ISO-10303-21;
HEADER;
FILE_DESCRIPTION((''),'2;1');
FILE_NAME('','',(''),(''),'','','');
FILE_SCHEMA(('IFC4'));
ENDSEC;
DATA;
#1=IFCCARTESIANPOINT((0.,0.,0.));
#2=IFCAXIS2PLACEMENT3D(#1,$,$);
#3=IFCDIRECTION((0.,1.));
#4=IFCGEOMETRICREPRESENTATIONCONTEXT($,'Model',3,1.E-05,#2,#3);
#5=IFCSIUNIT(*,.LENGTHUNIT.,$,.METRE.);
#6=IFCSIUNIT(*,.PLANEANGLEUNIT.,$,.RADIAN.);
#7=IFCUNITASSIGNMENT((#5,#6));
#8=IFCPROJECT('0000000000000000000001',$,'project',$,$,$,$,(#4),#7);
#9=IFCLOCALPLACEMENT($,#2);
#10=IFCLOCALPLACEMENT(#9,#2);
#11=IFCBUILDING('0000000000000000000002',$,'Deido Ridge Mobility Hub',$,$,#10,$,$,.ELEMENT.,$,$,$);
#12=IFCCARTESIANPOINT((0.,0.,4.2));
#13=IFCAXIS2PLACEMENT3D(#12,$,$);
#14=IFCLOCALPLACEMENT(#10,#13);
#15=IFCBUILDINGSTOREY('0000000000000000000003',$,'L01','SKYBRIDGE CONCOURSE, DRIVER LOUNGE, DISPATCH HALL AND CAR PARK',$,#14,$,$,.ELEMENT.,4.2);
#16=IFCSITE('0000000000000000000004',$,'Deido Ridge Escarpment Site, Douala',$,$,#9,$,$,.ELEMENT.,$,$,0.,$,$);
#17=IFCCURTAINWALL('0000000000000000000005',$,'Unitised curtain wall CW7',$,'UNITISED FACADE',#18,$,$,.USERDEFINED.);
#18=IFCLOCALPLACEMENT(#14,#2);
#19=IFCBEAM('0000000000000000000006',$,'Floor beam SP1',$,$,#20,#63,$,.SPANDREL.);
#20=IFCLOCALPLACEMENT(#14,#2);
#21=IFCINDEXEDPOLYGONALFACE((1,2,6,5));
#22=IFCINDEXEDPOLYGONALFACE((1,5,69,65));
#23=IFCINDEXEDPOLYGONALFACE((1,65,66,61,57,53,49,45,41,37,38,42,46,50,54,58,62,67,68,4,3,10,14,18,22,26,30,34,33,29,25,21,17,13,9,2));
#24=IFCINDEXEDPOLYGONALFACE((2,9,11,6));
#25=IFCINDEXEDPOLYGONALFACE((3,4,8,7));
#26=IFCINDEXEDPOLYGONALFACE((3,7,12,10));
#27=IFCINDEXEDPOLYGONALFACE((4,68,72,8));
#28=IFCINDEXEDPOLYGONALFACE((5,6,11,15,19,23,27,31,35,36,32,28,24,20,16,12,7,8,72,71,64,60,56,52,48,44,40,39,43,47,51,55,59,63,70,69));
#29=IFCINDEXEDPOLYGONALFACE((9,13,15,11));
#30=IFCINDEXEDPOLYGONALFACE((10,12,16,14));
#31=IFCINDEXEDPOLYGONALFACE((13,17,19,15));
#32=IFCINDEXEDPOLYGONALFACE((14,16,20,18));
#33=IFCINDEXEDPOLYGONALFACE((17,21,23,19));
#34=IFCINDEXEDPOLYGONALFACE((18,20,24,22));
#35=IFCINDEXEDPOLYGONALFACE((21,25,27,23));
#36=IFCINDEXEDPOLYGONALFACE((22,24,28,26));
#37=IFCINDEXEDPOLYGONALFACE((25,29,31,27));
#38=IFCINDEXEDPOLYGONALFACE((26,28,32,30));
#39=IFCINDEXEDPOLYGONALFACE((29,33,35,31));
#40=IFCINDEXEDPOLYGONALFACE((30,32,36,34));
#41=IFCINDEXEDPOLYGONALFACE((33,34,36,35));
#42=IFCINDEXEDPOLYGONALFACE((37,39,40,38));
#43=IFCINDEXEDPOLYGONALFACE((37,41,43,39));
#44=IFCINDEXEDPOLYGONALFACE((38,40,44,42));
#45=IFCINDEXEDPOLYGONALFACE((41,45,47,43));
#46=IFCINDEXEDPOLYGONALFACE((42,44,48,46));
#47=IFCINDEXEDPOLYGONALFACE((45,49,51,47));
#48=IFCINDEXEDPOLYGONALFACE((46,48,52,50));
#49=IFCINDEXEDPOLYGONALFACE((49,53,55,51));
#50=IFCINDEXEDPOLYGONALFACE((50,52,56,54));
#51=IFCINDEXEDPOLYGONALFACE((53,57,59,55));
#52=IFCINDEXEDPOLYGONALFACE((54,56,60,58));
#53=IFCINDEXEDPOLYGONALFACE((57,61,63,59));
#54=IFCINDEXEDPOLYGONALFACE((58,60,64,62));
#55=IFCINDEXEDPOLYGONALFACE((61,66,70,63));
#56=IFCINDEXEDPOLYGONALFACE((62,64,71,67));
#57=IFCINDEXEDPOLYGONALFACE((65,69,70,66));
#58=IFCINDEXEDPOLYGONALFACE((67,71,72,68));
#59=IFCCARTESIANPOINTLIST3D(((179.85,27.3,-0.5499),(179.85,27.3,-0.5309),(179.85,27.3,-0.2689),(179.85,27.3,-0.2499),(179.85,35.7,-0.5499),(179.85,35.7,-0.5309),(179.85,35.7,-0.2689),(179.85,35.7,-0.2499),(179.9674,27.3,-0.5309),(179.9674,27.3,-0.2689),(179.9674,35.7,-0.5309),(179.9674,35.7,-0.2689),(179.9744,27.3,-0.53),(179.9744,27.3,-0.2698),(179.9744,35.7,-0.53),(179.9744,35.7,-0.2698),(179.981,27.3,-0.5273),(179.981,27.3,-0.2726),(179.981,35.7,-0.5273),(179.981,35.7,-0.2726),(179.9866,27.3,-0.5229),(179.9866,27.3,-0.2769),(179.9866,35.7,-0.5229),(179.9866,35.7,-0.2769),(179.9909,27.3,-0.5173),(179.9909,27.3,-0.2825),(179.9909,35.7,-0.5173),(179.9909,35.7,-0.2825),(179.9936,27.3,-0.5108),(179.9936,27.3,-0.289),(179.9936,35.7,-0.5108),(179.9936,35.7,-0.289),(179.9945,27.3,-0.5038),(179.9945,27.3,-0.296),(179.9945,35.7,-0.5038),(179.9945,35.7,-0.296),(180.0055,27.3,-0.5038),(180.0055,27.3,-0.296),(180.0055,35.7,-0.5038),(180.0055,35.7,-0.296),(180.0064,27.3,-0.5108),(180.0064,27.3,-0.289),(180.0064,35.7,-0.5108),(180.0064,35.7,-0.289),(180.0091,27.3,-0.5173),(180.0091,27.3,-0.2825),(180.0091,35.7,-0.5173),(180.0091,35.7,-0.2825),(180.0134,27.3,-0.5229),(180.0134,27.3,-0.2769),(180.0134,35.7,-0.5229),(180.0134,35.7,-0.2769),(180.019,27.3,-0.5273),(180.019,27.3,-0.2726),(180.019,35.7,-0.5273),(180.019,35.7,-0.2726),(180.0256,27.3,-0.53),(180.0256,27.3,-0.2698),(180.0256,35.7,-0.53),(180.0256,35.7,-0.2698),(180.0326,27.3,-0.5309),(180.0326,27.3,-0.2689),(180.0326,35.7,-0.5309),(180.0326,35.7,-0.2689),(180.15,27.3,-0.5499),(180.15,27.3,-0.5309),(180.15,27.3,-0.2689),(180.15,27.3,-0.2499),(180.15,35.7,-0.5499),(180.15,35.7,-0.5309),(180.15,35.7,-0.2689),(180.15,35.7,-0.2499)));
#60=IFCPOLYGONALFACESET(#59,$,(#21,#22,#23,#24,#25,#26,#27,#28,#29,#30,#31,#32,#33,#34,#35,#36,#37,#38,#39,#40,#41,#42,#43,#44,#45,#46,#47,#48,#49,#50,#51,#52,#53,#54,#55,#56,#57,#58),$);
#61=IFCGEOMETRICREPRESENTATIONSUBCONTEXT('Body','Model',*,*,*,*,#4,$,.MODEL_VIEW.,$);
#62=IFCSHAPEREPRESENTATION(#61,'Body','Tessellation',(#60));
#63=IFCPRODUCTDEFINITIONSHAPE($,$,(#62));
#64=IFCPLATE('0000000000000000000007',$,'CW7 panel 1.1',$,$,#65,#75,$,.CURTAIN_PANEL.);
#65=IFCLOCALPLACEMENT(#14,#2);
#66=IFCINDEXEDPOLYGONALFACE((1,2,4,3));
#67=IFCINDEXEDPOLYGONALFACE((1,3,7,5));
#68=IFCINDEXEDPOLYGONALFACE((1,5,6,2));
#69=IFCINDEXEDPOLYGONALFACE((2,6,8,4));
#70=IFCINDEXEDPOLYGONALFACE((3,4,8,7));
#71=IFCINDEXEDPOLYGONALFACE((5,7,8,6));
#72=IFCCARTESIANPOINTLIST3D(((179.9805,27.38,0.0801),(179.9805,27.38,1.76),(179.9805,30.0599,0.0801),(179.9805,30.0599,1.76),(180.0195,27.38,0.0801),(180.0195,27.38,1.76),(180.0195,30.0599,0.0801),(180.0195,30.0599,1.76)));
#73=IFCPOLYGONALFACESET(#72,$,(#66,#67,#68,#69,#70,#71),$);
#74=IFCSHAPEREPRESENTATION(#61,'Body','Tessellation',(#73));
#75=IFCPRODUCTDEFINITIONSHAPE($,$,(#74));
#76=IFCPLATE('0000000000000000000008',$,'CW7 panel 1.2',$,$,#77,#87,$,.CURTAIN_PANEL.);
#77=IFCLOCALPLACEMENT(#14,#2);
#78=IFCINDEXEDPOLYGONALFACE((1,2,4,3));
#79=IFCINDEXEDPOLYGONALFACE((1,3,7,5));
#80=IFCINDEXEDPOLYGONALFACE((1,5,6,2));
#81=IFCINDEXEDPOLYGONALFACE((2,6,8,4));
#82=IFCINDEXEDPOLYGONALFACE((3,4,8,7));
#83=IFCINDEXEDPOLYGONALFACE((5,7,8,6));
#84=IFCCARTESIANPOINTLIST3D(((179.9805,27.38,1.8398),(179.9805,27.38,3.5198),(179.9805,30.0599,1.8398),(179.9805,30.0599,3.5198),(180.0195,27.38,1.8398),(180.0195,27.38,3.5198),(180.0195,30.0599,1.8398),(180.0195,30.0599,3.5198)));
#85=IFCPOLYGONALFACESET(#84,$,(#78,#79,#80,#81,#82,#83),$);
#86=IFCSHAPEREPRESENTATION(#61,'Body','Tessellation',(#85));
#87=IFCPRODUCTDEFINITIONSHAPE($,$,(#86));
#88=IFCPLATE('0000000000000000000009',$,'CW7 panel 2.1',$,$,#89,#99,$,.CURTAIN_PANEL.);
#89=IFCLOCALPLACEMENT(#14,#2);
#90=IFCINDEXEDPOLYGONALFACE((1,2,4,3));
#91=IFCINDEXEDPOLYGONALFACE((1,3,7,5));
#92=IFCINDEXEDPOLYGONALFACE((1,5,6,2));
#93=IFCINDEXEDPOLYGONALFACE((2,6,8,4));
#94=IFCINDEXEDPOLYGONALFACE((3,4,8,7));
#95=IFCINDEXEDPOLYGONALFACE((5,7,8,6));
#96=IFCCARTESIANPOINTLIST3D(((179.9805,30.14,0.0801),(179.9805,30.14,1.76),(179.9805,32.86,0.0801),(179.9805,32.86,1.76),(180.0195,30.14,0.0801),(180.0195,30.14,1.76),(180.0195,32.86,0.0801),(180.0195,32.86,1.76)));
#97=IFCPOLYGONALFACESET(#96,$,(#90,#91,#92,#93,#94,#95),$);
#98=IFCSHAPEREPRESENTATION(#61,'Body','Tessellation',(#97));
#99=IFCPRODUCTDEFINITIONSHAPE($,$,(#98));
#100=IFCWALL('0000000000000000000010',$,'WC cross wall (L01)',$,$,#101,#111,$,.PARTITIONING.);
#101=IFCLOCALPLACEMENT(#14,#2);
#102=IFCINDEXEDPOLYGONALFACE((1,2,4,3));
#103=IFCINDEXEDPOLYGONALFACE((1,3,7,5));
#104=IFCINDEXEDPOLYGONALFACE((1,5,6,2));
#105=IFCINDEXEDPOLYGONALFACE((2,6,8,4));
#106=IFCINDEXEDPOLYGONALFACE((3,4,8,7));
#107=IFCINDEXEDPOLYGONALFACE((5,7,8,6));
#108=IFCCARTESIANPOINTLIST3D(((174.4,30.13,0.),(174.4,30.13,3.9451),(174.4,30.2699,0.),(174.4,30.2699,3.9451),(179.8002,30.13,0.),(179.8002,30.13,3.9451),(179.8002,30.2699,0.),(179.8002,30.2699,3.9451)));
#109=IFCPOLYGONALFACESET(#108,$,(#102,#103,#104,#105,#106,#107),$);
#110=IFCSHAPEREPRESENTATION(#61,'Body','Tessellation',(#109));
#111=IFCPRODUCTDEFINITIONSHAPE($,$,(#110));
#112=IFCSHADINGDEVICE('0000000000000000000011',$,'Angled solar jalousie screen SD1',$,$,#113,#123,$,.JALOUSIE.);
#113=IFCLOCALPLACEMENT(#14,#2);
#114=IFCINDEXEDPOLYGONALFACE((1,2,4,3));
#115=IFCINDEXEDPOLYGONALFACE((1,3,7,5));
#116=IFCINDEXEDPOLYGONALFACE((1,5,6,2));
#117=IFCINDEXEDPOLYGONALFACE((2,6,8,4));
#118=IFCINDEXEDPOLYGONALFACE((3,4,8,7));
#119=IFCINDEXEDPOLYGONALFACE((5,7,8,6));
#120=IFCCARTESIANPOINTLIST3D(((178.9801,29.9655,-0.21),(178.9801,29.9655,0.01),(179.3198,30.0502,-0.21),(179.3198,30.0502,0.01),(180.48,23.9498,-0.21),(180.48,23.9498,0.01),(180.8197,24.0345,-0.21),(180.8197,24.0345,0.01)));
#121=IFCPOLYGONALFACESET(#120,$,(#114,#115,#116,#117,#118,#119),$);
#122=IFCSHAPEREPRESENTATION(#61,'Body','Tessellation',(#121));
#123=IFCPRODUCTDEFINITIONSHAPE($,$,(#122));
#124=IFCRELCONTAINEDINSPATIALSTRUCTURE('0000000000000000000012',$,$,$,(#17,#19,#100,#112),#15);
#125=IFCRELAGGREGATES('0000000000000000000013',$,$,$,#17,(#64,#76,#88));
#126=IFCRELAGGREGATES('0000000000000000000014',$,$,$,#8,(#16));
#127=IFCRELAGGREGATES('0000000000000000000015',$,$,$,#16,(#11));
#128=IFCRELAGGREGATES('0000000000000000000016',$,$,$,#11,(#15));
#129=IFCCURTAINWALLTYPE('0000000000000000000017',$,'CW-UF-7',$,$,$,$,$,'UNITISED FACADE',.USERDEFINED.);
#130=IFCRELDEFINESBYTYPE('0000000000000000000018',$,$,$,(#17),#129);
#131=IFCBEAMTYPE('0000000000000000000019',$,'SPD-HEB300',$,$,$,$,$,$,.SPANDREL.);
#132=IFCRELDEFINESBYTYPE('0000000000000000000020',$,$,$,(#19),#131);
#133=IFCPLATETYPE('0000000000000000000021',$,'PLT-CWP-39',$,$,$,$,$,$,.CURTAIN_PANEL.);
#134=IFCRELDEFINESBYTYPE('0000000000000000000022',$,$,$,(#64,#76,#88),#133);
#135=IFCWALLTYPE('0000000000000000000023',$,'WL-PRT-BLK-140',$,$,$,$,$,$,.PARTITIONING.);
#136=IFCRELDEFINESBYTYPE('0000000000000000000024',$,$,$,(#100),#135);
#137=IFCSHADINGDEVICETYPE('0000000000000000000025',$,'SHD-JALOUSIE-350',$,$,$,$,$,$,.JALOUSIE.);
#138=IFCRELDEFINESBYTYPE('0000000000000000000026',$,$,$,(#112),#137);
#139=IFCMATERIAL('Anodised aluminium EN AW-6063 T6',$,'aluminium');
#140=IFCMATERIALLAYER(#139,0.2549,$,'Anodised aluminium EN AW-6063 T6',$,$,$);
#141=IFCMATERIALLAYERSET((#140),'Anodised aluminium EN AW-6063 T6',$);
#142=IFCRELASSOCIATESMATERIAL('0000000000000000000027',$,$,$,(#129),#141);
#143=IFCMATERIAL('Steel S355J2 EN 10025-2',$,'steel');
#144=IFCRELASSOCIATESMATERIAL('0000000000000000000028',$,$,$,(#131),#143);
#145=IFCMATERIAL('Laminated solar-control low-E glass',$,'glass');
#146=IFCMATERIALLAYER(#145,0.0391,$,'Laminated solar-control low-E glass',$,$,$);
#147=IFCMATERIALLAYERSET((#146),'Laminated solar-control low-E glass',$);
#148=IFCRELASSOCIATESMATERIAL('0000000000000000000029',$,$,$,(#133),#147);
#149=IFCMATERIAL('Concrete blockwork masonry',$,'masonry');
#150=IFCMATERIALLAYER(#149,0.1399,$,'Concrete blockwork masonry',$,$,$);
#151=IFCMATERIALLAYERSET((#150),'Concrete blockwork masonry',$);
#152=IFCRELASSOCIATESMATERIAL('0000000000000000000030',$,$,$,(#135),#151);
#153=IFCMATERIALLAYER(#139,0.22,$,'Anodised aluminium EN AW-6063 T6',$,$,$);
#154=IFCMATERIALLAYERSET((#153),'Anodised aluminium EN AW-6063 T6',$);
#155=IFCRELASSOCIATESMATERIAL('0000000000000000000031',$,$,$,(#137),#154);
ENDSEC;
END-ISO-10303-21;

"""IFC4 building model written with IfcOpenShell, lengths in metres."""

from ifc_helpers import new_model, si_unit, direction, frame, frame_2d, origin, origin_2d, place, context, subcontext, project, spatial, rectangle, i_section, extrude, material, layer, layer_set, material_profile, profile_set, type_object, element, aggregate, save


model = new_model("IFC4")

# Units and contexts
model_context = context("Model", 3, precision=1e-05, world=origin(), true_north=direction((0.0, 1.0)))
body_context = subcontext(model_context, "Body", "Model", "MODEL_VIEW")
ifc_project = project(units=[si_unit("LENGTHUNIT", "METRE"), si_unit("PLANEANGLEUNIT", "RADIAN")], contexts=[model_context])

# Site, building, storey
site_placement = place(None, origin())
site = spatial("IfcSite", under=ifc_project, at=site_placement, Name="Deido Ridge Escarpment Site, Douala", CompositionType="ELEMENT", RefElevation=0.0)
building_placement = place(site_placement, origin())
building = spatial("IfcBuilding", under=site, at=building_placement, Name="Deido Ridge Mobility Hub", CompositionType="ELEMENT")
storey_placement = place(building_placement, frame((0.0, 0.0, 4.2)))
storey = spatial("IfcBuildingStorey", under=building, at=storey_placement, Name="L01", Description="SKYBRIDGE CONCOURSE, DRIVER LOUNGE, DISPATCH HALL AND CAR PARK", CompositionType="ELEMENT", Elevation=4.2)

# Shared definitions
ifc_material_1 = material(Name="Steel S355J2 EN 10025-2", Category="steel")

# Curtain wall
ifc_material_2 = material(Name="Anodised aluminium EN AW-6063 T6", Category="aluminium")
ifc_layer_1 = layer(ifc_material_2, 0.2549, Name="Anodised aluminium EN AW-6063 T6")
ifc_layer_set_1 = layer_set([ifc_layer_1], Name="Anodised aluminium EN AW-6063 T6")
curtain_wall_type = type_object("IfcCurtainWallType", Name="CW-UF-7", ElementType="UNITISED FACADE", PredefinedType="USERDEFINED", material=ifc_layer_set_1)
curtain_wall_placement = place(storey_placement, origin())
curtain_wall = element("IfcCurtainWall", 1, at=curtain_wall_placement, inside=storey, type_object=curtain_wall_type, Name="Unitised curtain wall CW7", ObjectType="UNITISED FACADE", PredefinedType="USERDEFINED")

# Beam
ifc_material_profile_1 = material_profile(ifc_material_1, i_section(OverallWidth=0.3, OverallDepth=0.3, WebThickness=0.011, FlangeThickness=0.019, FilletRadius=0.0271, at=origin_2d()), Name="HEB 300")
ifc_profile_set_1 = profile_set([ifc_material_profile_1], Name="Steel S355J2 EN 10025-2")
beam_type_1 = type_object("IfcBeamType", Name="SPD-HEB300", PredefinedType="SPANDREL", material=ifc_profile_set_1)
beam_1_placement = place(storey_placement, frame((180.0, 27.3, -0.3999), z_axis=(0.0, 1.0, 0.0), x_axis=(-1.0, 0.0, 0.0)))
element("IfcBeam", 2, at=beam_1_placement, inside=storey, type_object=beam_type_1, Name="Floor beam SP1", PredefinedType="SPANDREL", context=body_context, shape_type="SweptSolid", body=[
    extrude(i_section(OverallWidth=0.3, OverallDepth=0.3, WebThickness=0.011, FlangeThickness=0.019, FilletRadius=0.0271, at=origin_2d()), origin(), (0.0, 0.0, 1.0), 8.3999),
])

# Plates
ifc_material_3 = material(Name="Laminated solar-control low-E glass", Category="glass")
ifc_layer_2 = layer(ifc_material_3, 0.0391, Name="Laminated solar-control low-E glass")
ifc_layer_set_2 = layer_set([ifc_layer_2], Name="Laminated solar-control low-E glass")
plate_type = type_object("IfcPlateType", Name="PLT-CWP-39", PredefinedType="CURTAIN_PANEL", material=ifc_layer_set_2)
plate_1_placement = place(storey_placement, frame((180.0, 28.72, 0.0801), z_axis=(0.0, 0.0, 1.0), x_axis=(0.0, 1.0, 0.0)))
plate_1 = element("IfcPlate", 3, at=plate_1_placement, type_object=plate_type, Name="CW7 panel 1.1", PredefinedType="CURTAIN_PANEL", context=body_context, shape_type="SweptSolid", body=[
    extrude(rectangle(XDim=2.6799, YDim=0.0391, at=origin_2d()), origin(), (0.0, 0.0, 1.0), 1.6799),
])
plate_2_placement = place(storey_placement, frame((180.0, 28.72, 1.8398), z_axis=(0.0, 0.0, 1.0), x_axis=(0.0, 1.0, 0.0)))
plate_2 = element("IfcPlate", 4, at=plate_2_placement, type_object=plate_type, Name="CW7 panel 1.2", PredefinedType="CURTAIN_PANEL", context=body_context, shape_type="SweptSolid", body=[
    extrude(rectangle(XDim=2.6799, YDim=0.0391, at=origin_2d()), origin(), (0.0, 0.0, 1.0), 1.6799),
])
plate_3_placement = place(storey_placement, frame((180.0, 31.5, 0.0801), z_axis=(0.0, 0.0, 1.0), x_axis=(0.0, 1.0, 0.0)))
plate_3 = element("IfcPlate", 5, at=plate_3_placement, type_object=plate_type, Name="CW7 panel 2.1", PredefinedType="CURTAIN_PANEL", context=body_context, shape_type="SweptSolid", body=[
    extrude(rectangle(XDim=2.72, YDim=0.0391, at=origin_2d()), origin(), (0.0, 0.0, 1.0), 1.6799),
])
aggregate(curtain_wall, [plate_1, plate_2, plate_3])

# Wall
ifc_material_4 = material(Name="Concrete blockwork masonry", Category="masonry")
ifc_layer_3 = layer(ifc_material_4, 0.1399, Name="Concrete blockwork masonry")
ifc_layer_set_3 = layer_set([ifc_layer_3], Name="Concrete blockwork masonry")
wall_type_1 = type_object("IfcWallType", Name="WL-PRT-BLK-140", PredefinedType="PARTITIONING", material=ifc_layer_set_3)
wall_1_placement = place(storey_placement, frame((174.3999, 30.2, 0.0), z_axis=(0.0, 0.0, 1.0), x_axis=(1.0, 0.0, 0.0)))
element("IfcWall", 6, at=wall_1_placement, inside=storey, type_object=wall_type_1, Name="WC cross wall (L01)", PredefinedType="PARTITIONING", context=body_context, shape_type="SweptSolid", body=[
    extrude(rectangle(XDim=5.4001, YDim=0.1399, at=frame_2d((2.7002, 0.0))), origin(), (0.0, 0.0, 1.0), 3.9451),
])

# Shading device
ifc_layer_4 = layer(ifc_material_2, 0.22, Name="Anodised aluminium EN AW-6063 T6")
ifc_layer_set_4 = layer_set([ifc_layer_4], Name="Anodised aluminium EN AW-6063 T6")
shading_device_type = type_object("IfcShadingDeviceType", Name="SHD-JALOUSIE-350", PredefinedType="JALOUSIE", material=ifc_layer_set_4)
shading_device_placement = place(storey_placement, frame((179.8999, 27.0, -0.21), z_axis=(0.0, 0.0, 1.0), x_axis=(-0.241922, 0.970296, 0.0)))
element("IfcShadingDevice", 7, at=shading_device_placement, inside=storey, type_object=shading_device_type, Name="Angled solar jalousie screen SD1", PredefinedType="JALOUSIE", context=body_context, shape_type="SweptSolid", body=[
    extrude(rectangle(XDim=6.2, YDim=0.3501, at=origin_2d()), origin(), (0.0, 0.0, 1.0), 0.22),
])

save(model, "model.ifc")
